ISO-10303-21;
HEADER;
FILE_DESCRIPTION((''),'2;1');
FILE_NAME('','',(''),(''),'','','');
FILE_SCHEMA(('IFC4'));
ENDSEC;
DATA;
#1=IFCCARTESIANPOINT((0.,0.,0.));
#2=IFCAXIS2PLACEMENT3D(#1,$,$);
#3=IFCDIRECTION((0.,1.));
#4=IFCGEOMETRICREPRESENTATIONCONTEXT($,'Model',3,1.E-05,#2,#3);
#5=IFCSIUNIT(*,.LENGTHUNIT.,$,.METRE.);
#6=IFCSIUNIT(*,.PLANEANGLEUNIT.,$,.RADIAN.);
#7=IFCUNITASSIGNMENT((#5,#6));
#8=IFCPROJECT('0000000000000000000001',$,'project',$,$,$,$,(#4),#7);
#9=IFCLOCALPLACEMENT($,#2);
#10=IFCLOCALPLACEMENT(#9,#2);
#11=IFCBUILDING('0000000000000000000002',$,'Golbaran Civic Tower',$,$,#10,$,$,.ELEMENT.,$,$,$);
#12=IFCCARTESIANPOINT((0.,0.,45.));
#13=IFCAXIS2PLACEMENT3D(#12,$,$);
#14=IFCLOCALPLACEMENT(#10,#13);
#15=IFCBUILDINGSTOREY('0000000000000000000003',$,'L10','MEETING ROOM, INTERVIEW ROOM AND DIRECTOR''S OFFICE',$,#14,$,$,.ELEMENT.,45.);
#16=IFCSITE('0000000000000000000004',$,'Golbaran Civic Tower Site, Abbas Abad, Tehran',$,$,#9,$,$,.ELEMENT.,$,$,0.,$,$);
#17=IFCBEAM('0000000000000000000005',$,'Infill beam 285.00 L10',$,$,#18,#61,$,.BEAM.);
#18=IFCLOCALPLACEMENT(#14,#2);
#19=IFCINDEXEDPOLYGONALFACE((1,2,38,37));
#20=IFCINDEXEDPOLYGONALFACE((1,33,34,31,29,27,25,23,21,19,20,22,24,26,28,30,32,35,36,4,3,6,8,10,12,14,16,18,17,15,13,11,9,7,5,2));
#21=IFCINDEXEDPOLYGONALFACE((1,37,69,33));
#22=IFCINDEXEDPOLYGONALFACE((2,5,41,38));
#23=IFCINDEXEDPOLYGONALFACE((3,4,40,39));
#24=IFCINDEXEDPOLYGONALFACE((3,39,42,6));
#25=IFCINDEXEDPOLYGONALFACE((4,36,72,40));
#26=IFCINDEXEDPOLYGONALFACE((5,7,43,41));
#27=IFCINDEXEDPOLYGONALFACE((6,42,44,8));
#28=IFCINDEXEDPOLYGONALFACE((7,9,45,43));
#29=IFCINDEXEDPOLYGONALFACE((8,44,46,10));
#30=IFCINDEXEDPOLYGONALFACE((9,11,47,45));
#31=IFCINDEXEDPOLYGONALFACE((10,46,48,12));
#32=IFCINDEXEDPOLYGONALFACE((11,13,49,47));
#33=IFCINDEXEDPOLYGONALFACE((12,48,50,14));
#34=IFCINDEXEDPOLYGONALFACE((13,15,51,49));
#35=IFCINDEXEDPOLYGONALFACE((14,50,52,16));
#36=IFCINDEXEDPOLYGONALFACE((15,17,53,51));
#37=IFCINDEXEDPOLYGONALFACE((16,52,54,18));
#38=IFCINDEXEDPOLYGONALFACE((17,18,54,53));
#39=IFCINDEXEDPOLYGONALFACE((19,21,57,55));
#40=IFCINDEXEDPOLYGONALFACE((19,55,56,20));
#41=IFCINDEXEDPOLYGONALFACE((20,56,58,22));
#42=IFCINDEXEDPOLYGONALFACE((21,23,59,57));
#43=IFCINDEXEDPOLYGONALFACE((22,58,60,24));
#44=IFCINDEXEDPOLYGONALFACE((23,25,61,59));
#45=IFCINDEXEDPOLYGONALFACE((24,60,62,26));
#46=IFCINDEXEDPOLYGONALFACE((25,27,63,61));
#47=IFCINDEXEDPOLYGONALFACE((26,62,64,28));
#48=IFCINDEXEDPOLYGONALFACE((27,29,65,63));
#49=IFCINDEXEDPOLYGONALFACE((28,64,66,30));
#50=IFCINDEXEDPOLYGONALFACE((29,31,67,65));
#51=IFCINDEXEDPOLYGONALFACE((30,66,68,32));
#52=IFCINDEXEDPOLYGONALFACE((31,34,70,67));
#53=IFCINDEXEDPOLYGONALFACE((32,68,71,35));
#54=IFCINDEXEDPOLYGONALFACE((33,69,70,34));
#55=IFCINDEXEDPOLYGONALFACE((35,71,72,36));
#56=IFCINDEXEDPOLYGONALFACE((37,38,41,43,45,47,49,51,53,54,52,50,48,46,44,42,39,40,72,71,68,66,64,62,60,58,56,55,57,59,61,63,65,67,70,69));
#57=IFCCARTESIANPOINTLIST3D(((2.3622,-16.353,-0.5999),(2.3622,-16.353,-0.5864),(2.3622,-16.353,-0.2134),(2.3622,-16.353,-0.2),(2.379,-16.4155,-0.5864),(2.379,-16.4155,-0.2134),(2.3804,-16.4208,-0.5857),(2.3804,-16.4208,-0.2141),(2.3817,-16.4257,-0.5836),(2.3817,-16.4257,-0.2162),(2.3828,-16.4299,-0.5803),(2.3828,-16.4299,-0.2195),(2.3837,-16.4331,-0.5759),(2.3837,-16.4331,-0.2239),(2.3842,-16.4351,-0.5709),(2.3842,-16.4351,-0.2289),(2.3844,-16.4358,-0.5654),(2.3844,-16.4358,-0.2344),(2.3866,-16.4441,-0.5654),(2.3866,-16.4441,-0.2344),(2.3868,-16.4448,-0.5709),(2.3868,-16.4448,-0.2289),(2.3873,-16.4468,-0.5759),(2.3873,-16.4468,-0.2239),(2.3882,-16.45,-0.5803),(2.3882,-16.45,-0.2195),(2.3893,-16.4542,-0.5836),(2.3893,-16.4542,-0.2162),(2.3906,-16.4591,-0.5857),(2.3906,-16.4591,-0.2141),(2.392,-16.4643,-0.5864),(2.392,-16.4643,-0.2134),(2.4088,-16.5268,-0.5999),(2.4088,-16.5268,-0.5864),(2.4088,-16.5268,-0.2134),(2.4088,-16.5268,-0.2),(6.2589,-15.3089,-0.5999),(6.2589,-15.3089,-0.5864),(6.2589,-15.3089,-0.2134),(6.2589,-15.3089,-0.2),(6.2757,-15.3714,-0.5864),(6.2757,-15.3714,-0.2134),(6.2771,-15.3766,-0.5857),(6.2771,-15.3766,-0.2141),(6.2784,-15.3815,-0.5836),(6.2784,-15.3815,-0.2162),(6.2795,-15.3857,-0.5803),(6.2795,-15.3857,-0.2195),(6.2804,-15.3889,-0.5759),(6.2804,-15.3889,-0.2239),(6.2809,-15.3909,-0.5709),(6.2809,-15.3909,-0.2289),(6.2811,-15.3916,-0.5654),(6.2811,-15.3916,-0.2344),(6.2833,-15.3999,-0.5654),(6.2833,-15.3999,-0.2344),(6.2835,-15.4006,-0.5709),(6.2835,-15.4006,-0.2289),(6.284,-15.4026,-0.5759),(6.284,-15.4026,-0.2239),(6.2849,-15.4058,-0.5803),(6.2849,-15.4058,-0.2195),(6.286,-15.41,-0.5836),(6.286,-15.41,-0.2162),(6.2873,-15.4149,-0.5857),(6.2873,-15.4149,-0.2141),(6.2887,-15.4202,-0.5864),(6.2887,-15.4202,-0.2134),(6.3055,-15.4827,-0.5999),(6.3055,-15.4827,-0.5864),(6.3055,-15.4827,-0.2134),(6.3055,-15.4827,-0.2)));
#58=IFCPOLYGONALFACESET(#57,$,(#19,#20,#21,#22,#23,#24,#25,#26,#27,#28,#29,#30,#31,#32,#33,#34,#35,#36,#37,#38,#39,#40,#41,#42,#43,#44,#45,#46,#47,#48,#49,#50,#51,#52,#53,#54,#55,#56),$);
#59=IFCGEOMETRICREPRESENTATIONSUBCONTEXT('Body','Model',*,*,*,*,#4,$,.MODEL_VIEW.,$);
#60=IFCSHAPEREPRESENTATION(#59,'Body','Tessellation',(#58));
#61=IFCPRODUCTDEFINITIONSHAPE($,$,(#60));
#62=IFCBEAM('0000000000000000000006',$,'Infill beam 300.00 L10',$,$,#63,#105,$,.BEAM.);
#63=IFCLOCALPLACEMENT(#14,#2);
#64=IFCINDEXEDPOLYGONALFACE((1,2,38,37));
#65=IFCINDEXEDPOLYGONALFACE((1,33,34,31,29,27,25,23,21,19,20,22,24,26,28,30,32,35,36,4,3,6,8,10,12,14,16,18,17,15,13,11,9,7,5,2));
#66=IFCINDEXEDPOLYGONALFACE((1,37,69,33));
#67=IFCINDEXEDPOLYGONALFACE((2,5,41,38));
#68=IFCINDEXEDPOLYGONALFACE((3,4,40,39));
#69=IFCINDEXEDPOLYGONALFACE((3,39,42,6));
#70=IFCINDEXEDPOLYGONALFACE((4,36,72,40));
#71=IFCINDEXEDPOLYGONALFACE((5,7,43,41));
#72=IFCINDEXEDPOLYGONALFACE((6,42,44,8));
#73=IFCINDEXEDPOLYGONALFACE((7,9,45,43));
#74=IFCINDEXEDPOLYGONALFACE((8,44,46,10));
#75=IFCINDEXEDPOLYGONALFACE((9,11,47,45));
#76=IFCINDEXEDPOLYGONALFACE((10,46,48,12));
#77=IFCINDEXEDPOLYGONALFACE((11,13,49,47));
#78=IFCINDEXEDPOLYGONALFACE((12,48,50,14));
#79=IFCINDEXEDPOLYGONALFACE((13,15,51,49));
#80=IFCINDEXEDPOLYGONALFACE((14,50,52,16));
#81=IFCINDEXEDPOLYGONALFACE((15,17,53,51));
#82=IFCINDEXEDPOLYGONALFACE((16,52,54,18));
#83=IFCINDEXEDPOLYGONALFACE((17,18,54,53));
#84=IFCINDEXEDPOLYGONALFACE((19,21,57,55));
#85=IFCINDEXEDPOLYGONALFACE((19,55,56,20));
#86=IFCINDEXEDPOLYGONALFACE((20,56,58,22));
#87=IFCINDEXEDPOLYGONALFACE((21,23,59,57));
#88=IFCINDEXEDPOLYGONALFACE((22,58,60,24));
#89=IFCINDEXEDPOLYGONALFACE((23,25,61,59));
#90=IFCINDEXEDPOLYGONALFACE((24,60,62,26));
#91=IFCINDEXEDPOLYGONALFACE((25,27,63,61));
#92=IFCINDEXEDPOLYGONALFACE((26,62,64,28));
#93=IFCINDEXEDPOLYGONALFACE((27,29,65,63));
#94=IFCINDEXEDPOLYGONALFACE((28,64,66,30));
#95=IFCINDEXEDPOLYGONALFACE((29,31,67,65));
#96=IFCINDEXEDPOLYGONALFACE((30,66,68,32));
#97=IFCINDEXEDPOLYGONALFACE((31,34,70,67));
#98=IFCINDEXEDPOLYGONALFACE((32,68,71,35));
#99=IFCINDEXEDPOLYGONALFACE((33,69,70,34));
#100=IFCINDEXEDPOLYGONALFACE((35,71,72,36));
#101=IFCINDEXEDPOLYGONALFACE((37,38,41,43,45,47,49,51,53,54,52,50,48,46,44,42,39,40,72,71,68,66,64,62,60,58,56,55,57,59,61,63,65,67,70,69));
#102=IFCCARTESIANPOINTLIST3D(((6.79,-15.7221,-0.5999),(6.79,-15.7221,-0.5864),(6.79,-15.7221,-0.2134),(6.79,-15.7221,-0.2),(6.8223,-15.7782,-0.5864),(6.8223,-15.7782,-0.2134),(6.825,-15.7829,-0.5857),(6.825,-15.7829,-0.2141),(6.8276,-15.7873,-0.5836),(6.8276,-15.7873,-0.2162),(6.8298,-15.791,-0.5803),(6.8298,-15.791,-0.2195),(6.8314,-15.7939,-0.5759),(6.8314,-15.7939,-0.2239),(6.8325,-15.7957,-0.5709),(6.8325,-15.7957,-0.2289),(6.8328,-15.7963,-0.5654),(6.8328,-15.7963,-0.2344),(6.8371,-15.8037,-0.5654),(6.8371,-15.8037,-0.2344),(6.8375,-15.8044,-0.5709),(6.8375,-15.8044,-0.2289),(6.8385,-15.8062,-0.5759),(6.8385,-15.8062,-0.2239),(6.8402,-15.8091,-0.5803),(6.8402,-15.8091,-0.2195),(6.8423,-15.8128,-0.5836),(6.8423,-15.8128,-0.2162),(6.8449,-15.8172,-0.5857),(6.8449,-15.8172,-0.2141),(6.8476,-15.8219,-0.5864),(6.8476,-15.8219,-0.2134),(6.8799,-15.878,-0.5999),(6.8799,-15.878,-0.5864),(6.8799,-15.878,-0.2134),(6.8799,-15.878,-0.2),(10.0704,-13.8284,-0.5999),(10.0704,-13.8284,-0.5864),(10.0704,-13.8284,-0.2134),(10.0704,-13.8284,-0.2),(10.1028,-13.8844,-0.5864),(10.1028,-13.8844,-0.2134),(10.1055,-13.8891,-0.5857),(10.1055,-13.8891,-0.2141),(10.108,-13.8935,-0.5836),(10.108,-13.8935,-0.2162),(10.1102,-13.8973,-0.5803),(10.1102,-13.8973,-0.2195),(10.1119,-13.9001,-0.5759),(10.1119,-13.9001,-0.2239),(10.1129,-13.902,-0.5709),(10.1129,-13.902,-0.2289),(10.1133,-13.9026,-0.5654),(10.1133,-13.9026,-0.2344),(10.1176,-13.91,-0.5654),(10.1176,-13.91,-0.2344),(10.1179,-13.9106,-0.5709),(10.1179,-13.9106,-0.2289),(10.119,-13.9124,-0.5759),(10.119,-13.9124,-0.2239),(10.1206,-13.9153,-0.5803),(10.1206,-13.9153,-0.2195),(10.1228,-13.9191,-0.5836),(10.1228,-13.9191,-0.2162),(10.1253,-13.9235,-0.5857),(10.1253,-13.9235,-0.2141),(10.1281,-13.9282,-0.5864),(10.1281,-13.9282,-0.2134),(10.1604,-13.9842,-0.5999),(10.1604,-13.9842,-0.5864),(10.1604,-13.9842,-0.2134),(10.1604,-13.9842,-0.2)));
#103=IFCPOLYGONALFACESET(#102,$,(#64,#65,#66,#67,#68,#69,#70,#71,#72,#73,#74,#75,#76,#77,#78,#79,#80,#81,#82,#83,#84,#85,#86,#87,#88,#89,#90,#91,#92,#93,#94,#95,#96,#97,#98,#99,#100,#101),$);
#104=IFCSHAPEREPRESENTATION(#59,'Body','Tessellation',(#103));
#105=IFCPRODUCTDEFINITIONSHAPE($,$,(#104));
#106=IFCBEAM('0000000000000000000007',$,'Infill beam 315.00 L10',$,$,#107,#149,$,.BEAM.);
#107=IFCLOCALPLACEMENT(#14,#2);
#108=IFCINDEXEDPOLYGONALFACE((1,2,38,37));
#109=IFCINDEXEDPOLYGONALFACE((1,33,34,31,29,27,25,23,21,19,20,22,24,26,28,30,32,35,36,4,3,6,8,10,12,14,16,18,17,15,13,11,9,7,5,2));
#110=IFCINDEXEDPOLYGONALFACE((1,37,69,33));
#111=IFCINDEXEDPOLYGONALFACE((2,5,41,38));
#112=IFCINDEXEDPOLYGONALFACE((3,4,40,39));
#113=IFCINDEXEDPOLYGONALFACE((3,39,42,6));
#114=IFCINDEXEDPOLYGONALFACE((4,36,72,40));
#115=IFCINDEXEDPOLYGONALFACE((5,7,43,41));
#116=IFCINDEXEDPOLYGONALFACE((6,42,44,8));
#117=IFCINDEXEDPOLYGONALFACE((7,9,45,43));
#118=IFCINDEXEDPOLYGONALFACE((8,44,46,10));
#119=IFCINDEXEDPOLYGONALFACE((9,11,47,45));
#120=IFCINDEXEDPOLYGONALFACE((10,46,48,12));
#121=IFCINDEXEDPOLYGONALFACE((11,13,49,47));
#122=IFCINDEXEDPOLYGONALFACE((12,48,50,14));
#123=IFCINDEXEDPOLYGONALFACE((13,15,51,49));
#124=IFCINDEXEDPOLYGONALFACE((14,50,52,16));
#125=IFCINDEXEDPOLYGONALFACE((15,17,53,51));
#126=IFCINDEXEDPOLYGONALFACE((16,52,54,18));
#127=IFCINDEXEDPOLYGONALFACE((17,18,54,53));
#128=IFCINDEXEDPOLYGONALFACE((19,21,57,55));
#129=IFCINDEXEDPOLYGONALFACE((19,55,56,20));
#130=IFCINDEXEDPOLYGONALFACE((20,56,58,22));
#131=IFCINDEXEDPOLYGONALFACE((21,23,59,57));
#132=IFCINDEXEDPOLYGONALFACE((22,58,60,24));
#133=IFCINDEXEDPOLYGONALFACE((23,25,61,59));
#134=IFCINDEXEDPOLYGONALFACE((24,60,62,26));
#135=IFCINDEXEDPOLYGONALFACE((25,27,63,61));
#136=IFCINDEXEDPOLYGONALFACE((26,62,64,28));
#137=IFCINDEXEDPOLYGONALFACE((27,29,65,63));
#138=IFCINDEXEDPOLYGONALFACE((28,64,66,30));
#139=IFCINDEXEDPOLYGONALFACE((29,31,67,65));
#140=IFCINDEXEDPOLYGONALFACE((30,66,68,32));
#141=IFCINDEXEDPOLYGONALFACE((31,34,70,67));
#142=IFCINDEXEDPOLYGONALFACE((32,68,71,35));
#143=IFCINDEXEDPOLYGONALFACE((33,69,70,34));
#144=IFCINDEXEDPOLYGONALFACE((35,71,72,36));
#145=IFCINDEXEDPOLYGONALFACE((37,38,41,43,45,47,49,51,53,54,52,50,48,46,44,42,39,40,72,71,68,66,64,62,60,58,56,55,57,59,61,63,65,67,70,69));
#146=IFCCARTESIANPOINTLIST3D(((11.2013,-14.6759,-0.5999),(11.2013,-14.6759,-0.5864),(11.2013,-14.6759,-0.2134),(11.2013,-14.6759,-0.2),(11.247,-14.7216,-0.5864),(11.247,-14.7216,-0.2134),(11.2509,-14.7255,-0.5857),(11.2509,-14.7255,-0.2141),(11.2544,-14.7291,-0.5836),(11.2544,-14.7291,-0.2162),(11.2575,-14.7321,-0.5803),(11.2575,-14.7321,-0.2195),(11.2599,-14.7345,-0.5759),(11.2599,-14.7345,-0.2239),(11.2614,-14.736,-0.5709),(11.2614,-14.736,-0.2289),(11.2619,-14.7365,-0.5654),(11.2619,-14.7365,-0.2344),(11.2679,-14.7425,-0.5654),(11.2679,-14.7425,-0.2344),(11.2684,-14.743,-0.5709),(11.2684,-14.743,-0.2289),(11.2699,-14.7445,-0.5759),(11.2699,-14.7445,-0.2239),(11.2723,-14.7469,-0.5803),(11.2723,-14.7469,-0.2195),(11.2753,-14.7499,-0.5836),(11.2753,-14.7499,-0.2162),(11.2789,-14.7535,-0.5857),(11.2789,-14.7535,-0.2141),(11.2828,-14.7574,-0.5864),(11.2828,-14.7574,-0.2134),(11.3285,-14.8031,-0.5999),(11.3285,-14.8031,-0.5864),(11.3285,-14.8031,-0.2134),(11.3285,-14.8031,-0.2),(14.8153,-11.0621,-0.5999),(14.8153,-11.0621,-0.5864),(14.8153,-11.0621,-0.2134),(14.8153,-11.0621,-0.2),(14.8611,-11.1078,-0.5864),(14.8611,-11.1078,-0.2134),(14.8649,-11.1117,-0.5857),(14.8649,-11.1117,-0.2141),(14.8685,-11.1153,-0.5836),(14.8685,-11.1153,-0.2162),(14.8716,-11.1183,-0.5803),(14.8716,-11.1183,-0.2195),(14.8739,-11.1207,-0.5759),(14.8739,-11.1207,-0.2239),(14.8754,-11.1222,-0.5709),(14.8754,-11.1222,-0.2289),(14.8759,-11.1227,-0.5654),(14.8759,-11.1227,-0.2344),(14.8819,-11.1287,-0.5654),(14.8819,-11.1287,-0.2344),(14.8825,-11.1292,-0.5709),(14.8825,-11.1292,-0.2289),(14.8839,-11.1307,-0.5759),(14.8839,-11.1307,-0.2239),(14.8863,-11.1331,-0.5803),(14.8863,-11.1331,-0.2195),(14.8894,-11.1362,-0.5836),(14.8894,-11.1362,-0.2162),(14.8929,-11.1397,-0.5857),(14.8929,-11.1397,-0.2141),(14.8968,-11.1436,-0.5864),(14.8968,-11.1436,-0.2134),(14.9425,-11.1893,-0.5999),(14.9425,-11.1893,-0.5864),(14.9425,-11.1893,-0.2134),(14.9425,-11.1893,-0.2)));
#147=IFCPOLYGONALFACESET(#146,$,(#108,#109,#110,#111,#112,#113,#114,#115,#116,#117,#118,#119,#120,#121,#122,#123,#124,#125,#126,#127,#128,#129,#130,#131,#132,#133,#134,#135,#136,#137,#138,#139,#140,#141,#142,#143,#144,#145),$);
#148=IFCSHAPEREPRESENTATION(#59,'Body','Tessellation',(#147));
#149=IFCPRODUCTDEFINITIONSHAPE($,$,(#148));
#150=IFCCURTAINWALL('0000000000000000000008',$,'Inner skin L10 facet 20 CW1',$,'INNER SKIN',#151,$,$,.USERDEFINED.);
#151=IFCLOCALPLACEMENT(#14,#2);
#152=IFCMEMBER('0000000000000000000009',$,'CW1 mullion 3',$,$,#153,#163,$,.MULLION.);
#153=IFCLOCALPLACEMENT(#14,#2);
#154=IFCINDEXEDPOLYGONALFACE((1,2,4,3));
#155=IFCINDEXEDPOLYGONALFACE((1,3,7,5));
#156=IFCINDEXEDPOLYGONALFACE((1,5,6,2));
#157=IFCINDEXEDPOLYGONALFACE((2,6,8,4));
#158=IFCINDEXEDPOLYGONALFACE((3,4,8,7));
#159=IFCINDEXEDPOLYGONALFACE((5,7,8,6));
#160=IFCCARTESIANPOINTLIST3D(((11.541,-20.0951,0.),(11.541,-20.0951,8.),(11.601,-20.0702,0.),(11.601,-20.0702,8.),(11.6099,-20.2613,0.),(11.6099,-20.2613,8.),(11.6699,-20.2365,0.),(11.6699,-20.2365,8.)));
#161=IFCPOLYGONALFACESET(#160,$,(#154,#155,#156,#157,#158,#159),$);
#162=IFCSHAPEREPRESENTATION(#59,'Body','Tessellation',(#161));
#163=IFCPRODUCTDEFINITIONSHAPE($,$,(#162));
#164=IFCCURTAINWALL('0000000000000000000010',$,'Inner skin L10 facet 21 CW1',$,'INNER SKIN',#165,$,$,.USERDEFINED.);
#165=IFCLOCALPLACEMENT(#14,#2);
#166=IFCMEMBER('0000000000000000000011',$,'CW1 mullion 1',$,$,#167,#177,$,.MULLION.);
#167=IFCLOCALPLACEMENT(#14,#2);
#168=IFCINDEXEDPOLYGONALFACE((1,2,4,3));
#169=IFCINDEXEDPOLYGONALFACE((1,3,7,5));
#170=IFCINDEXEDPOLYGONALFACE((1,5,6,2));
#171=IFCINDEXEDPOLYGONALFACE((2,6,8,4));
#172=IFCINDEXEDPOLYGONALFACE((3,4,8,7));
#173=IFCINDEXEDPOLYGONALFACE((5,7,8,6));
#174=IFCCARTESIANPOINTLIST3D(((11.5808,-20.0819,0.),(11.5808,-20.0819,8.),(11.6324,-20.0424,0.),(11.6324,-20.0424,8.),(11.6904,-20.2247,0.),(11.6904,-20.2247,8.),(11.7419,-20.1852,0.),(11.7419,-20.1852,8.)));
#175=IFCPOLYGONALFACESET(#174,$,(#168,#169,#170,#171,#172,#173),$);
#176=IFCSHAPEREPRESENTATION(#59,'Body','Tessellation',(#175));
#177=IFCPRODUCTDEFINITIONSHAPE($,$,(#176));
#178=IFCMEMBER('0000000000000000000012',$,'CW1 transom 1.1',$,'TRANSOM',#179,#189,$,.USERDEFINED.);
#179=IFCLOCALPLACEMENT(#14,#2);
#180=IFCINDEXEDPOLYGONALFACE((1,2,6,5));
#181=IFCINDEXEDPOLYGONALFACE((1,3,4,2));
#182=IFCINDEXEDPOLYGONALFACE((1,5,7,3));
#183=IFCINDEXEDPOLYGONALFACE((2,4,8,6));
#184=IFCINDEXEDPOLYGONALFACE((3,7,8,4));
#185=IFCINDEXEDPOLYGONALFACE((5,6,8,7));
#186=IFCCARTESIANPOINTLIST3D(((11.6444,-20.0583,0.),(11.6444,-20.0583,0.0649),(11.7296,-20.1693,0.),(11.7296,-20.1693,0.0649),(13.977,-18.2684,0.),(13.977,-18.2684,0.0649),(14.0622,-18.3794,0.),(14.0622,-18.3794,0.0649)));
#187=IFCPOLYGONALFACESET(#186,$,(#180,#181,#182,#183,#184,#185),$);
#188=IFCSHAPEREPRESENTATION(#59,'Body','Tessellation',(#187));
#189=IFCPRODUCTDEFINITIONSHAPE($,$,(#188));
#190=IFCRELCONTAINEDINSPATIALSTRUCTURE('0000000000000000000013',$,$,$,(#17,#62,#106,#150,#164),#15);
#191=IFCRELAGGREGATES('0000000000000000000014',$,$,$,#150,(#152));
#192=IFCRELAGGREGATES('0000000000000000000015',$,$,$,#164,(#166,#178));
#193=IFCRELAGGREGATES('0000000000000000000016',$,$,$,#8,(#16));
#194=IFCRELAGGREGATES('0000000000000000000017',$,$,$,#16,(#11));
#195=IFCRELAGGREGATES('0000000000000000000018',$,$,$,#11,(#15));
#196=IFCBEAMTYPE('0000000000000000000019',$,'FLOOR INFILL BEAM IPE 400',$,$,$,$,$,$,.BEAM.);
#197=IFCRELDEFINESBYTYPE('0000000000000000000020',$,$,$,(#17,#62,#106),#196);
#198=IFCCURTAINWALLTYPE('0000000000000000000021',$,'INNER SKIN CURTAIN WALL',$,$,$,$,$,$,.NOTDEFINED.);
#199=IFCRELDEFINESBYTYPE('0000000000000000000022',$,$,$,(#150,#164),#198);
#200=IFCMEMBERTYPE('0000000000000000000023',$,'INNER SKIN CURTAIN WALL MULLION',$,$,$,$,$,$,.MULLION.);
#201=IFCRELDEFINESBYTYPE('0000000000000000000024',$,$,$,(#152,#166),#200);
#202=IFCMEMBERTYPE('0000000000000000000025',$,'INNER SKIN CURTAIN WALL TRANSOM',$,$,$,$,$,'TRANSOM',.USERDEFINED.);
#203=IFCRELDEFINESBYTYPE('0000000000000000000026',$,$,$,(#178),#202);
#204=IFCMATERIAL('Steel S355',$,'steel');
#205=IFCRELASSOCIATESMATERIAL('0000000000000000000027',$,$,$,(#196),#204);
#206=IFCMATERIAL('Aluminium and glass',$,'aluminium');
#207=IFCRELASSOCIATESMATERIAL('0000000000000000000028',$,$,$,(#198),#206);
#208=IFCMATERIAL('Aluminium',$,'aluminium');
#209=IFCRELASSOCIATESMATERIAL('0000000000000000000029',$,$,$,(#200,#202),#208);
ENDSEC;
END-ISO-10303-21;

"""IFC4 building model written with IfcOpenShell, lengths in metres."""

from ifc_helpers import new_model, si_unit, direction, frame, origin, origin_2d, place, context, subcontext, project, spatial, rectangle, i_section, extrude, material, material_profile, profile_set, type_object, element, aggregate, save


model = new_model("IFC4")

# Units and contexts
model_context = context("Model", 3, precision=1e-05, world=origin(), true_north=direction((0.0, 1.0)))
body_context = subcontext(model_context, "Body", "Model", "MODEL_VIEW")
ifc_project = project(units=[si_unit("LENGTHUNIT", "METRE"), si_unit("PLANEANGLEUNIT", "RADIAN")], contexts=[model_context])

# Site, building, storey
site_placement = place(None, origin())
site = spatial("IfcSite", under=ifc_project, at=site_placement, Name="Golbaran Civic Tower Site, Abbas Abad, Tehran", CompositionType="ELEMENT", RefElevation=0.0)
building_placement = place(site_placement, origin())
building = spatial("IfcBuilding", under=site, at=building_placement, Name="Golbaran Civic Tower", CompositionType="ELEMENT")
storey_placement = place(building_placement, frame((0.0, 0.0, 45.0)))
storey = spatial("IfcBuildingStorey", under=building, at=storey_placement, Name="L10", Description="MEETING ROOM, INTERVIEW ROOM AND DIRECTOR'S OFFICE", CompositionType="ELEMENT", Elevation=45.0)

# Beams
ifc_material_1 = material(Name="Steel S355", Category="steel")
ifc_material_profile_1 = material_profile(ifc_material_1, i_section(OverallWidth=0.1799, OverallDepth=0.3999, WebThickness=0.0085, FlangeThickness=0.0134, FilletRadius=0.021, at=origin_2d()), Name="IPE 400")
ifc_profile_set_1 = profile_set([ifc_material_profile_1], Name="Steel S355")
beam_type_1 = type_object("IfcBeamType", Name="FLOOR INFILL BEAM IPE 400", PredefinedType="BEAM", material=ifc_profile_set_1)
beam_1_placement = place(storey_placement, frame((2.3855, -16.4399, -0.3999), z_axis=(0.965922, 0.258834, 0.0), x_axis=(-0.258834, 0.965922, 0.0)))
element("IfcBeam", 1, at=beam_1_placement, inside=storey, type_object=beam_type_1, Name="Infill beam 285.00 L10", PredefinedType="BEAM", context=body_context, shape_type="SweptSolid", body=[
    extrude(i_section(OverallWidth=0.1799, OverallDepth=0.3999, WebThickness=0.0085, FlangeThickness=0.0134, FilletRadius=0.021, at=origin_2d()), origin(), (0.0, 0.0, 1.0), 4.0342),
])
beam_2_placement = place(storey_placement, frame((6.835, -15.8, -0.3999), z_axis=(0.866049, 0.499959, 0.0), x_axis=(-0.499959, 0.866049, 0.0)))
element("IfcBeam", 2, at=beam_2_placement, inside=storey, type_object=beam_type_1, Name="Infill beam 300.00 L10", PredefinedType="BEAM", context=body_context, shape_type="SweptSolid", body=[
    extrude(i_section(OverallWidth=0.1799, OverallDepth=0.3999, WebThickness=0.0085, FlangeThickness=0.0134, FilletRadius=0.021, at=origin_2d()), origin(), (0.0, 0.0, 1.0), 3.7878),
])
beam_3_placement = place(storey_placement, frame((11.2649, -14.7395, -0.3999), z_axis=(0.707131, 0.707083, 0.0), x_axis=(-0.707083, 0.707131, 0.0)))
element("IfcBeam", 3, at=beam_3_placement, inside=storey, type_object=beam_type_1, Name="Infill beam 315.00 L10", PredefinedType="BEAM", context=body_context, shape_type="SweptSolid", body=[
    extrude(i_section(OverallWidth=0.1799, OverallDepth=0.3999, WebThickness=0.0085, FlangeThickness=0.0134, FilletRadius=0.021, at=origin_2d()), origin(), (0.0, 0.0, 1.0), 5.1108),
])

# Curtain wall, member
ifc_material_2 = material(Name="Aluminium and glass", Category="aluminium")
curtain_wall_type = type_object("IfcCurtainWallType", Name="INNER SKIN CURTAIN WALL", PredefinedType="NOTDEFINED", material=ifc_material_2)
curtain_wall_1_placement = place(storey_placement, origin())
curtain_wall_1 = element("IfcCurtainWall", 4, at=curtain_wall_1_placement, inside=storey, type_object=curtain_wall_type, Name="Inner skin L10 facet 20 CW1", ObjectType="INNER SKIN", PredefinedType="USERDEFINED")
ifc_material_3 = material(Name="Aluminium", Category="aluminium")
ifc_material_profile_2 = material_profile(ifc_material_3, rectangle(XDim=0.1799, YDim=0.0649, at=origin_2d()), Name="INNER SKIN CURTAIN WALL MULLION")
ifc_profile_set_2 = profile_set([ifc_material_profile_2], Name="Aluminium")
member_type_1 = type_object("IfcMemberType", Name="INNER SKIN CURTAIN WALL MULLION", PredefinedType="MULLION", material=ifc_profile_set_2)
member_1_placement = place(storey_placement, frame((11.6055, -20.1658, 0.0), z_axis=(0.0, 0.0, 1.0), x_axis=(-0.382683, 0.92388, 0.0)))
member_1 = element("IfcMember", 5, at=member_1_placement, type_object=member_type_1, Name="CW1 mullion 3", PredefinedType="MULLION", context=body_context, shape_type="SweptSolid", body=[
    extrude(rectangle(XDim=0.1799, YDim=0.0649, at=origin_2d()), origin(), (0.0, 0.0, 1.0), 8.0),
])

# Curtain wall, members
curtain_wall_2_placement = place(storey_placement, origin())
curtain_wall_2 = element("IfcCurtainWall", 6, at=curtain_wall_2_placement, inside=storey, type_object=curtain_wall_type, Name="Inner skin L10 facet 21 CW1", ObjectType="INNER SKIN", PredefinedType="USERDEFINED")
member_2_placement = place(storey_placement, frame((11.6614, -20.1335, 0.0), z_axis=(0.0, 0.0, 1.0), x_axis=(-0.608761, 0.793353, 0.0)))
member_2 = element("IfcMember", 7, at=member_2_placement, type_object=member_type_1, Name="CW1 mullion 1", PredefinedType="MULLION", context=body_context, shape_type="SweptSolid", body=[
    extrude(rectangle(XDim=0.1799, YDim=0.0649, at=origin_2d()), origin(), (0.0, 0.0, 1.0), 8.0),
])
ifc_material_profile_3 = material_profile(ifc_material_3, rectangle(XDim=0.1399, YDim=0.0649, at=origin_2d()), Name="INNER SKIN CURTAIN WALL TRANSOM")
ifc_profile_set_3 = profile_set([ifc_material_profile_3], Name="Aluminium")
member_type_2 = type_object("IfcMemberType", Name="INNER SKIN CURTAIN WALL TRANSOM", ElementType="TRANSOM", PredefinedType="USERDEFINED", material=ifc_profile_set_3)
member_3_placement = place(storey_placement, frame((11.687, -20.1138, 0.0325), z_axis=(0.793355, 0.608759, 0.0), x_axis=(-0.608759, 0.793355, 0.0)))
member_3 = element("IfcMember", 8, at=member_3_placement, type_object=member_type_2, Name="CW1 transom 1.1", ObjectType="TRANSOM", PredefinedType="USERDEFINED", context=body_context, shape_type="SweptSolid", body=[
    extrude(rectangle(XDim=0.1399, YDim=0.0649, at=origin_2d()), origin(), (0.0, 0.0, 1.0), 2.9402),
])

aggregate(curtain_wall_1, [member_1])
aggregate(curtain_wall_2, [member_2, member_3])

save(model, "model.ifc")
